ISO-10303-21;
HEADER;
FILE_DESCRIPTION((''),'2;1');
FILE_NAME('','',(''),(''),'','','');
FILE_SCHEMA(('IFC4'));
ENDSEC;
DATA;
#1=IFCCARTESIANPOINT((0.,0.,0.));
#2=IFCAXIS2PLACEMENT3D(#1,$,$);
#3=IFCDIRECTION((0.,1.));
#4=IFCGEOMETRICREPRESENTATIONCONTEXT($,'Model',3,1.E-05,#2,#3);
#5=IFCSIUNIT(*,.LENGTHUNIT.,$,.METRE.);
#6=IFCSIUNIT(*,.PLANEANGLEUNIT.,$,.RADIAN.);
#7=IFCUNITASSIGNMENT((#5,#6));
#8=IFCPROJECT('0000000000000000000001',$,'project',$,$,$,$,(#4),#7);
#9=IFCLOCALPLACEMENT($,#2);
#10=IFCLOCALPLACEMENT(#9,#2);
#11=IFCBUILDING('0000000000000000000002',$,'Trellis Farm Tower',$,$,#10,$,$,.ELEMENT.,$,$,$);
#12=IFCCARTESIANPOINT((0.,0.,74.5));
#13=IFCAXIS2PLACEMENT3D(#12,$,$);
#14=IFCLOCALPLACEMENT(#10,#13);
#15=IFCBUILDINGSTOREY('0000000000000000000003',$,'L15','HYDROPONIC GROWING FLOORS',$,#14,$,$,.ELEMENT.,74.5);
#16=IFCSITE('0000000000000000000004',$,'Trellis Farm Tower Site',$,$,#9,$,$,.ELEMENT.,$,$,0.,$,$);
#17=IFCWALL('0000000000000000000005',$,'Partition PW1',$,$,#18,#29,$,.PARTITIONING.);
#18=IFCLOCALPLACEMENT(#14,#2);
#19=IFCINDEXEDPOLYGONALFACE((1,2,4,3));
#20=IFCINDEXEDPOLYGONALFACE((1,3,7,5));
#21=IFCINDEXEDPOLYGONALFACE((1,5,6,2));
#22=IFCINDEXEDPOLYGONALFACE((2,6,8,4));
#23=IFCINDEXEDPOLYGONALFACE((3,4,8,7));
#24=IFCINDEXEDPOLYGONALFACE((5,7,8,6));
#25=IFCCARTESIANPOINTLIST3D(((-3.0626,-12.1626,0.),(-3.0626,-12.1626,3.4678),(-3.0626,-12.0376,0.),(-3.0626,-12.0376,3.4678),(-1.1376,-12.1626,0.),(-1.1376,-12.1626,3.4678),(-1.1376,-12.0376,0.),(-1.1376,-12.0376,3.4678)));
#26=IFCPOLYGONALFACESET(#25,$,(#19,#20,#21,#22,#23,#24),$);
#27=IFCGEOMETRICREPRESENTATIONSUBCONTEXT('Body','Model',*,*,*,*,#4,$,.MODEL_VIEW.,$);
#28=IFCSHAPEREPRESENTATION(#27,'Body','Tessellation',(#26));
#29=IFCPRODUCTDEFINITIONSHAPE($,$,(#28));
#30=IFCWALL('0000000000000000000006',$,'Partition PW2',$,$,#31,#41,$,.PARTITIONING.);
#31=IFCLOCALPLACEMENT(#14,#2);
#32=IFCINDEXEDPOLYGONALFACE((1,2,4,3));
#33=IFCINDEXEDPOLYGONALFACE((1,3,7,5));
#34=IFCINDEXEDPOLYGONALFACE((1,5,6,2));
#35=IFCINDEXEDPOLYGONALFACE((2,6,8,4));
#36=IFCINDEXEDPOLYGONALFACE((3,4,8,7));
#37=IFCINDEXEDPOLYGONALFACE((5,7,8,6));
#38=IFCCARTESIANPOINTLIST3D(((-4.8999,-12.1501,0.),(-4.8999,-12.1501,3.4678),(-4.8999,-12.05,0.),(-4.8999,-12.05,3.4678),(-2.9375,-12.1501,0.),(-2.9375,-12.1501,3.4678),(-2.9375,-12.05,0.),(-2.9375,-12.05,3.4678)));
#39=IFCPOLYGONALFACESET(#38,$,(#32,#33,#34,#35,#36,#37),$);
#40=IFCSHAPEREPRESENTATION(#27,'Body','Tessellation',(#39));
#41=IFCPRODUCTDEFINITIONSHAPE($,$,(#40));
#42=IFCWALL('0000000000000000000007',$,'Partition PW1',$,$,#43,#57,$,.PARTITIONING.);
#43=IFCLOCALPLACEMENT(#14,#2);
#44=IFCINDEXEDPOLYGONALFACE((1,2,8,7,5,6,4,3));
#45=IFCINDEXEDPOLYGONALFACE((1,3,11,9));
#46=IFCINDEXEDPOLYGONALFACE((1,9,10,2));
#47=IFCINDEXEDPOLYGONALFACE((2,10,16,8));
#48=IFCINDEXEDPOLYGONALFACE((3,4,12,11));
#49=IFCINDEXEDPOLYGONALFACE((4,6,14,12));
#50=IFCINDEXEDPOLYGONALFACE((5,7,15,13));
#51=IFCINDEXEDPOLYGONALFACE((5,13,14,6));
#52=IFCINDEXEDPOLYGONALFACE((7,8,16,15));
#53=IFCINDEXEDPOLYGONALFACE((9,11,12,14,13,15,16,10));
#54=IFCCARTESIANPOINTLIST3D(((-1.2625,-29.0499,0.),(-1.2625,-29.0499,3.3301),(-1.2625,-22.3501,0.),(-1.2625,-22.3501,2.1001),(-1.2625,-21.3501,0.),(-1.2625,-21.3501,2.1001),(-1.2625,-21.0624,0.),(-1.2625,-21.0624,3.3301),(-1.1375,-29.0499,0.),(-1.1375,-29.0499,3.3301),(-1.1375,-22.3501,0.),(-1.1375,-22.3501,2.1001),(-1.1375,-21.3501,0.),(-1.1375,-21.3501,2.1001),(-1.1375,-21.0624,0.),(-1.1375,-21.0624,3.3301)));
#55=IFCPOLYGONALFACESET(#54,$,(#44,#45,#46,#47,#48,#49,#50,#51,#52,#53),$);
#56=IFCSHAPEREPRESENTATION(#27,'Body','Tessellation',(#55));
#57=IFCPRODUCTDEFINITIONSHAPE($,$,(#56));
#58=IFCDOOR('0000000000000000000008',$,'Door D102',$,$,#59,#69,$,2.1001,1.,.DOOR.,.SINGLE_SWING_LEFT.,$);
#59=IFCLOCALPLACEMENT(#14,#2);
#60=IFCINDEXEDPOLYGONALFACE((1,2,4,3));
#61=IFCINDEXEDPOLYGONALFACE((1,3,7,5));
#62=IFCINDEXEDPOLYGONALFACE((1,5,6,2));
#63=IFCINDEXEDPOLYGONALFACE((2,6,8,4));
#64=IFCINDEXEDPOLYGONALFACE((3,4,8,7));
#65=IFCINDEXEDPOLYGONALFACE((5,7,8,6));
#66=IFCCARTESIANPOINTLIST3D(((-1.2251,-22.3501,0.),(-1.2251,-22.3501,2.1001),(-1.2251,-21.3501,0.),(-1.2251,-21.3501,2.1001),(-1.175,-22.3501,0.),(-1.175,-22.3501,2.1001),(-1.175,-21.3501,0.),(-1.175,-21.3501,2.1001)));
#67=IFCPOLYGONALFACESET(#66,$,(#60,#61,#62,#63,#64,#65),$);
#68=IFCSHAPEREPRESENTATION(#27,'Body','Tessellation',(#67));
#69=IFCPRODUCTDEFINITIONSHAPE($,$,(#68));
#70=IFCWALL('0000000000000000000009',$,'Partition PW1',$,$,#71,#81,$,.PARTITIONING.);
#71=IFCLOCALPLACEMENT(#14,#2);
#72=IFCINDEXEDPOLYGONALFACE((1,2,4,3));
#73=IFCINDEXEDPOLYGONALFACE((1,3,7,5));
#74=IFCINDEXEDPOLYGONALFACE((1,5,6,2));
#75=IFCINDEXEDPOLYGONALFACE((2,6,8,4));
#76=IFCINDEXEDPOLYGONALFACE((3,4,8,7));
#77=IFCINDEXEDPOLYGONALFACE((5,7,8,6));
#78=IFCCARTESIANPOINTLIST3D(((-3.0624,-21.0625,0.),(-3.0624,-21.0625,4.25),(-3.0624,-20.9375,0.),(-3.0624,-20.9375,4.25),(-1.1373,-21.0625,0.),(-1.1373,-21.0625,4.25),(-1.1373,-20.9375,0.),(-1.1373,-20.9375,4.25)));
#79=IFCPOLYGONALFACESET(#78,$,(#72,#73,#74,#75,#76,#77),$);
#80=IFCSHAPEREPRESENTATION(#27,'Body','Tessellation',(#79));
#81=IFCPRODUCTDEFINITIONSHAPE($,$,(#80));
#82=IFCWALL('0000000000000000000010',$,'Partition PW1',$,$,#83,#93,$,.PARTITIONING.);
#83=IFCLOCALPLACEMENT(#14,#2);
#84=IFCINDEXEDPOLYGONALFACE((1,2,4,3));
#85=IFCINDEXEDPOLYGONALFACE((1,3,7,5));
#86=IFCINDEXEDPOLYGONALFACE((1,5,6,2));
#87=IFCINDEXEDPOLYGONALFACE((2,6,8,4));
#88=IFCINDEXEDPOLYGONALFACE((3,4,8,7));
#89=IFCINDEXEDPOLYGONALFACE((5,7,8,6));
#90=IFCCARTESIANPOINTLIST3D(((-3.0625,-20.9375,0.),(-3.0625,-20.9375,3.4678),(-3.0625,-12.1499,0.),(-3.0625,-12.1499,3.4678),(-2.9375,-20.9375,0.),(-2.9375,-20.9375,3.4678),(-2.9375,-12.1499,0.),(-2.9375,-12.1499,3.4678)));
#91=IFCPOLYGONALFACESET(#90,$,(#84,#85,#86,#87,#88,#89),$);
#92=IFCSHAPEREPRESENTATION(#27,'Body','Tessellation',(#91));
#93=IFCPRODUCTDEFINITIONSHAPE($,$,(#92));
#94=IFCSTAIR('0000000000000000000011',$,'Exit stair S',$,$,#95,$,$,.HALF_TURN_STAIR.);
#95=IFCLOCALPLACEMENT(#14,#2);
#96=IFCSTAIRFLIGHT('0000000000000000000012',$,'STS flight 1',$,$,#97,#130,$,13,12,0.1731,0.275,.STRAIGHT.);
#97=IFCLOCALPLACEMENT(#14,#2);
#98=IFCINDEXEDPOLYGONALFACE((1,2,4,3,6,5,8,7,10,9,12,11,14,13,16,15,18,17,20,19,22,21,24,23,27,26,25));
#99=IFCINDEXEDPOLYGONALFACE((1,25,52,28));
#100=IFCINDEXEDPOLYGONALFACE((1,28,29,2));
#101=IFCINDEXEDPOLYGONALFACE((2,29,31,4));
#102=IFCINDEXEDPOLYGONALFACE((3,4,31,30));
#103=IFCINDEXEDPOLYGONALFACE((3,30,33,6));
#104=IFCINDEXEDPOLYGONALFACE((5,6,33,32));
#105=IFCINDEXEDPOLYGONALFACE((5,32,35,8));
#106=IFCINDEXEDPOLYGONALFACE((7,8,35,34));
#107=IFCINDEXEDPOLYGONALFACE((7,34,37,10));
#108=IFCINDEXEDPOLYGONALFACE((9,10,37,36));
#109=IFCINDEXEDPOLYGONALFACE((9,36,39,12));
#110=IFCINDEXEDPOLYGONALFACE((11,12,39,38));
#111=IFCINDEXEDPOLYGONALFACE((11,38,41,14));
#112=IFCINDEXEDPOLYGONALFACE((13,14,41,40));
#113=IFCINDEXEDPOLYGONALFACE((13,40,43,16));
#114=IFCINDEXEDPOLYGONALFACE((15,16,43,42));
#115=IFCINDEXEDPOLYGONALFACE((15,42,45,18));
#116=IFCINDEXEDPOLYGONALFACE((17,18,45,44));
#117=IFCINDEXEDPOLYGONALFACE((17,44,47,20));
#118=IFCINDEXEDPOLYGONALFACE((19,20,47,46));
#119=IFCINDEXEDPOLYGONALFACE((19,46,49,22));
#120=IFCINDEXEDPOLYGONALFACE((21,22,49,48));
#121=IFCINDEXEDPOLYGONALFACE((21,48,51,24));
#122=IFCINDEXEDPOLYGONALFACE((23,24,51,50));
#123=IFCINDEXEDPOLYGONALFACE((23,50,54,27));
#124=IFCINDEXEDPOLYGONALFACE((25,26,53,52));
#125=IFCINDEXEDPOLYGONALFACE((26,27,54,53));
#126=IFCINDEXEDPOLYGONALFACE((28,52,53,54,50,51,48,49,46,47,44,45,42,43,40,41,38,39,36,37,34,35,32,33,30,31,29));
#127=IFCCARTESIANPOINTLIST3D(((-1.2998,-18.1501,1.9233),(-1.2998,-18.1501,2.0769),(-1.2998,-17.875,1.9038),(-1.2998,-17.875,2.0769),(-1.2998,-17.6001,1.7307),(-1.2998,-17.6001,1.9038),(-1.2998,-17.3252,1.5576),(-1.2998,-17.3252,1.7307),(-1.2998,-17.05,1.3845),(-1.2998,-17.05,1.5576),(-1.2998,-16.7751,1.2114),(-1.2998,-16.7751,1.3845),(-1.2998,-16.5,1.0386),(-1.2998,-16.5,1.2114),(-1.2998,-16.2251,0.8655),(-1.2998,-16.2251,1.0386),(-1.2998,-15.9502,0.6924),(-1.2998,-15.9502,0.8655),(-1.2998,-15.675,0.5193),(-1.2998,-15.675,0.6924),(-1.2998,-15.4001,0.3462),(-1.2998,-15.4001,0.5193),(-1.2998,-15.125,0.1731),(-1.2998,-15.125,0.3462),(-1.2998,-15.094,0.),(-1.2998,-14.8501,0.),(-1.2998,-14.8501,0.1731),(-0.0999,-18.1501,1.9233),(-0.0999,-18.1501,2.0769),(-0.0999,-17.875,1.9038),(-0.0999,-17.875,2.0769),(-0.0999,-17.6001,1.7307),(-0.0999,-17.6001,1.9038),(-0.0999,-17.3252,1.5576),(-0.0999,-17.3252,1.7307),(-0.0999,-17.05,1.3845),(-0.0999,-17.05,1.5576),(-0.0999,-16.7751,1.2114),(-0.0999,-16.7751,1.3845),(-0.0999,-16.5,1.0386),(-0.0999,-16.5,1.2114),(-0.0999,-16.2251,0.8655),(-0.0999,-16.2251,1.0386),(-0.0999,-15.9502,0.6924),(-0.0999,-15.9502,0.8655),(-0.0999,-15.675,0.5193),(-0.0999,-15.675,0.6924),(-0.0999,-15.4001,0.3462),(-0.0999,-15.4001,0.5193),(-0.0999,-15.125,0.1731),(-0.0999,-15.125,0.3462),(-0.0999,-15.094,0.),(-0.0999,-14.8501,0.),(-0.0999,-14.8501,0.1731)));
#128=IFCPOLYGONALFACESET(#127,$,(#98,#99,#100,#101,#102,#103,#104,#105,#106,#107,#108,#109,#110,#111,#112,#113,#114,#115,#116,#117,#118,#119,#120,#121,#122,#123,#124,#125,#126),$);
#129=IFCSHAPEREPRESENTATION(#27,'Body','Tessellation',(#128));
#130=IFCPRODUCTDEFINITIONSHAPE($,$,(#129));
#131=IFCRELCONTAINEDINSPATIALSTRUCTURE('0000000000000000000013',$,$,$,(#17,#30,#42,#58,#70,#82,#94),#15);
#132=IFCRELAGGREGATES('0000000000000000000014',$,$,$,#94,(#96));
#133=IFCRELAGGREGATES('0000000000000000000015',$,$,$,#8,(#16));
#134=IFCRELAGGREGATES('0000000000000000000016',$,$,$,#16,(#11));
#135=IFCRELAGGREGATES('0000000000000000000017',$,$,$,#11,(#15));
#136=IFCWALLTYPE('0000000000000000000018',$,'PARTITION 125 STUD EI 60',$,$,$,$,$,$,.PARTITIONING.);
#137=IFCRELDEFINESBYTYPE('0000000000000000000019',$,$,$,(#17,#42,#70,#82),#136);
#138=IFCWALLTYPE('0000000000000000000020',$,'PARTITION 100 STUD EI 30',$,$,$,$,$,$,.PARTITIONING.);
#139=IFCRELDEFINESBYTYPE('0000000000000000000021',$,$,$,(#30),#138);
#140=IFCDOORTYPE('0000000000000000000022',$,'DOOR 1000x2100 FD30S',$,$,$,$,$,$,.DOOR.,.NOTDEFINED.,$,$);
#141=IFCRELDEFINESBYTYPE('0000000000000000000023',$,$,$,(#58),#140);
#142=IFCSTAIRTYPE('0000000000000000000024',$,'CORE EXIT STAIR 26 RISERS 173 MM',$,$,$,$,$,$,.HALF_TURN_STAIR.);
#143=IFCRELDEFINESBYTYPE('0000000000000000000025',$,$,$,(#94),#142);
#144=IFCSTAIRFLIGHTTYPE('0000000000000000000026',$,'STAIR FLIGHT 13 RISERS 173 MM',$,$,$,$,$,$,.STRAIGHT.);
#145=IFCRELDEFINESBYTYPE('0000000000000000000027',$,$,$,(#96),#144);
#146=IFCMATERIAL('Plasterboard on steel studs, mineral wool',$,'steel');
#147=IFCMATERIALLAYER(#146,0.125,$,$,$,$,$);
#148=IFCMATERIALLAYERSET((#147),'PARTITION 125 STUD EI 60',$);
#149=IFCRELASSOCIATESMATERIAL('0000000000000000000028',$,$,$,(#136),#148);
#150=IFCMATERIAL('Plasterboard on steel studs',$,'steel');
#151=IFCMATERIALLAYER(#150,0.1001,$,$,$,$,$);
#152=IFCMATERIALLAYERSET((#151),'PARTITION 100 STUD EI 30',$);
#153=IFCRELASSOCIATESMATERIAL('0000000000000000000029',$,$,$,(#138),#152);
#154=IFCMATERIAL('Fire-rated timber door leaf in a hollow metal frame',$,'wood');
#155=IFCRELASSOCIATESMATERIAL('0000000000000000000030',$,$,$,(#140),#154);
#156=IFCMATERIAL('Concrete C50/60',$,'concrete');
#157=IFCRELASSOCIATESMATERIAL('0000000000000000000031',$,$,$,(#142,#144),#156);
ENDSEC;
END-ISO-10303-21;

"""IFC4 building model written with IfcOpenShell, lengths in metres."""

from ifc_helpers import new_model, si_unit, direction, frame, frame_2d, origin, place, context, subcontext, project, spatial, polyline, rectangle, outline, extrude, source, transform, mapped, material, layer, layer_set, type_object, element, fill, aggregate, save


model = new_model("IFC4")

# Units and contexts
model_context = context("Model", 3, precision=1e-05, world=origin(), true_north=direction((0.0, 1.0)))
body_context = subcontext(model_context, "Body", "Model", "MODEL_VIEW")
ifc_project = project(units=[si_unit("LENGTHUNIT", "METRE"), si_unit("PLANEANGLEUNIT", "RADIAN")], contexts=[model_context])

# Site, building, storey
site_placement = place(None, origin())
site = spatial("IfcSite", under=ifc_project, at=site_placement, Name="Trellis Farm Tower Site", CompositionType="ELEMENT", RefElevation=0.0)
building_placement = place(site_placement, origin())
building = spatial("IfcBuilding", under=site, at=building_placement, Name="Trellis Farm Tower", CompositionType="ELEMENT")
storey_placement = place(building_placement, frame((0.0, 0.0, 74.5)))
storey = spatial("IfcBuildingStorey", under=building, at=storey_placement, Name="L15", Description="HYDROPONIC GROWING FLOORS", CompositionType="ELEMENT", Elevation=74.5)

# Shared definitions
placement = place(storey_placement, origin())

# Shared definitions
ifc_material_1 = material(Name="Plasterboard on steel studs, mineral wool", Category="steel")
ifc_layer_1 = layer(ifc_material_1, 0.125)
ifc_layer_set_1 = layer_set([ifc_layer_1], Name="PARTITION 125 STUD EI 60")
wall_type_1 = type_object("IfcWallType", Name="PARTITION 125 STUD EI 60", PredefinedType="PARTITIONING", material=ifc_layer_set_1)
ifc_material_2 = material(Name="Fire-rated timber door leaf in a hollow metal frame", Category="wood")

# Walls
shared_shape_1 = source(origin(), body_context, "Body", "SweptSolid", [
    extrude(rectangle(XDim=1.925, YDim=0.125, at=frame_2d((0.9624, 0.0))), origin(), (0.0, 0.0, 1.0), 3.4678),
])
wall_1_placement = place(storey_placement, frame((-3.0625, -12.1001, 0.0), z_axis=(0.0, 0.0, 1.0), x_axis=(1.0, 0.0, 0.0)))
element("IfcWall", 1, at=wall_1_placement, inside=storey, type_object=wall_type_1, Name="Partition PW1", PredefinedType="PARTITIONING", context=body_context, shape_type="MappedRepresentation", body=[
    mapped(shared_shape_1, transform((0.0, 0.0, 0.0))),
])
ifc_material_3 = material(Name="Plasterboard on steel studs", Category="steel")
ifc_layer_2 = layer(ifc_material_3, 0.1001)
ifc_layer_set_2 = layer_set([ifc_layer_2], Name="PARTITION 100 STUD EI 30")
wall_type_2 = type_object("IfcWallType", Name="PARTITION 100 STUD EI 30", PredefinedType="PARTITIONING", material=ifc_layer_set_2)
shared_shape_2 = source(origin(), body_context, "Body", "SweptSolid", [
    extrude(rectangle(XDim=1.9624, YDim=0.1001, at=frame_2d((0.9812, 0.0))), origin(), (0.0, 0.0, 1.0), 3.4678),
])
wall_2_placement = place(storey_placement, frame((-4.8999, -12.1001, 0.0), z_axis=(0.0, 0.0, 1.0), x_axis=(1.0, 0.0, 0.0)))
element("IfcWall", 2, at=wall_2_placement, inside=storey, type_object=wall_type_2, Name="Partition PW2", PredefinedType="PARTITIONING", context=body_context, shape_type="MappedRepresentation", body=[
    mapped(shared_shape_2, transform((0.0, 0.0, 0.0))),
])

# Wall, opening, door
shared_shape_3 = source(origin(), body_context, "Body", "SweptSolid", [
    extrude(rectangle(XDim=7.9875, YDim=0.125, at=frame_2d((3.9937, 0.0))), origin(), (0.0, 0.0, 1.0), 3.3301),
])
wall_3_placement = place(storey_placement, frame((-1.2, -21.0625, 0.0), z_axis=(0.0, 0.0, 1.0), x_axis=(0.0, -1.0, 0.0)))
wall_3 = element("IfcWall", 3, at=wall_3_placement, inside=storey, type_object=wall_type_1, Name="Partition PW1", PredefinedType="PARTITIONING", context=body_context, shape_type="MappedRepresentation", body=[
    mapped(shared_shape_3, transform((0.0, 0.0, 0.0))),
])
shared_shape_4 = source(origin(), body_context, "Body", "SweptSolid", [
    extrude(rectangle(XDim=1.0, YDim=2.1001, at=frame_2d((0.5, 1.05))), frame((0.0, 0.0725, 0.0), z_axis=(0.0, -1.0, 0.0), x_axis=(1.0, 0.0, 0.0)), (0.0, 0.0, 1.0), 0.145),
])
opening_1_placement = place(wall_3_placement, frame((0.2876, 0.0, 0.0)))
opening_1 = element("IfcOpeningElement", 4, at=opening_1_placement, cuts=wall_3, PredefinedType="OPENING", context=body_context, shape_type="MappedRepresentation", body=[
    mapped(shared_shape_4, transform((0.0, 0.0, 0.0))),
])
door_type_1 = type_object("IfcDoorType", Name="DOOR 1000x2100 FD30S", OperationType="NOTDEFINED", PredefinedType="DOOR", material=ifc_material_2)
shared_shape_5 = source(origin(), body_context, "Body", "SweptSolid", [
    extrude(rectangle(XDim=1.0, YDim=2.1001, at=frame_2d((0.5, 1.05))), frame((0.0, 0.0249, 0.0), z_axis=(0.0, -1.0, 0.0), x_axis=(1.0, 0.0, 0.0)), (0.0, 0.0, 1.0), 0.05),
])
door_1_placement = place(opening_1_placement, origin())
door_1 = element("IfcDoor", 5, at=door_1_placement, inside=storey, type_object=door_type_1, Name="Door D102", OperationType="SINGLE_SWING_LEFT", OverallHeight=2.1001, OverallWidth=1.0, PredefinedType="DOOR", context=body_context, shape_type="MappedRepresentation", body=[
    mapped(shared_shape_5, transform((0.0, 0.0, 0.0))),
])
fill(opening_1, door_1)

# Walls
shared_shape_6 = source(origin(), body_context, "Body", "SweptSolid", [
    extrude(rectangle(XDim=1.925, YDim=0.125, at=frame_2d((0.9624, 0.0))), origin(), (0.0, 0.0, 1.0), 4.25),
])
wall_4_placement = place(storey_placement, frame((-1.1375, -21.0, 0.0), z_axis=(0.0, 0.0, 1.0), x_axis=(-1.0, 0.0, 0.0)))
element("IfcWall", 6, at=wall_4_placement, inside=storey, type_object=wall_type_1, Name="Partition PW1", PredefinedType="PARTITIONING", context=body_context, shape_type="MappedRepresentation", body=[
    mapped(shared_shape_6, transform((0.0, 0.0, 0.0))),
])
shared_shape_7 = source(origin(), body_context, "Body", "SweptSolid", [
    extrude(rectangle(XDim=8.7876, YDim=0.125, at=frame_2d((4.3938, 0.0))), origin(), (0.0, 0.0, 1.0), 3.4678),
])
wall_5_placement = place(storey_placement, frame((-3.0, -20.9375, 0.0), z_axis=(0.0, 0.0, 1.0), x_axis=(0.0, 1.0, 0.0)))
element("IfcWall", 7, at=wall_5_placement, inside=storey, type_object=wall_type_1, Name="Partition PW1", PredefinedType="PARTITIONING", context=body_context, shape_type="MappedRepresentation", body=[
    mapped(shared_shape_7, transform((0.0, 0.0, 0.0))),
])

# Stair, stair flight
ifc_material_4 = material(Name="Concrete C50/60", Category="concrete")
stair_type = type_object("IfcStairType", Name="CORE EXIT STAIR 26 RISERS 173 MM", PredefinedType="HALF_TURN_STAIR", material=ifc_material_4)
stair = element("IfcStair", 8, at=placement, inside=storey, type_object=stair_type, Name="Exit stair S", PredefinedType="HALF_TURN_STAIR")
stair_flight_type = type_object("IfcStairFlightType", Name="STAIR FLIGHT 13 RISERS 173 MM", PredefinedType="STRAIGHT", material=ifc_material_4)
shared_shape_8 = source(origin(), body_context, "Body", "SweptSolid", [
    extrude(outline(polyline([(0.0, 0.0), (0.0, 0.1731), (0.2749, 0.1731), (0.2749, 0.3462), (0.55, 0.3462), (0.55, 0.5193), (0.825, 0.5193), (0.825, 0.6924), (1.1001, 0.6924), (1.1001, 0.8655), (1.375, 0.8655), (1.375, 1.0386), (1.6499, 1.0386), (1.6499, 1.2114), (1.925, 1.2114), (1.925, 1.3845), (2.2, 1.3845), (2.2, 1.5576), (2.4751, 1.5576), (2.4751, 1.7307), (2.75, 1.7307), (2.75, 1.9038), (3.0249, 1.9038), (3.0249, 2.0769), (3.3, 2.0769), (3.3, 2.25), (3.3, 1.9233), (0.2439, 0.0), (0.0, 0.0)])), frame((0.0, 0.6001, 0.0), z_axis=(0.0, -1.0, 0.0), x_axis=(1.0, 0.0, 0.0)), (0.0, 0.0, 1.0), 1.2),
])
stair_flight_placement = place(storey_placement, frame((-0.7, -14.8501, 0.0), z_axis=(0.0, 0.0, 1.0), x_axis=(0.0, -1.0, 0.0)))
stair_flight = element("IfcStairFlight", 9, at=stair_flight_placement, type_object=stair_flight_type, Name="STS flight 1", NumberOfRisers=13, NumberOfTreads=12, PredefinedType="STRAIGHT", RiserHeight=0.1731, TreadLength=0.275, context=body_context, shape_type="MappedRepresentation", body=[
    mapped(shared_shape_8, transform((0.0, 0.0, 0.0))),
])
aggregate(stair, [stair_flight])

save(model, "model.ifc")
